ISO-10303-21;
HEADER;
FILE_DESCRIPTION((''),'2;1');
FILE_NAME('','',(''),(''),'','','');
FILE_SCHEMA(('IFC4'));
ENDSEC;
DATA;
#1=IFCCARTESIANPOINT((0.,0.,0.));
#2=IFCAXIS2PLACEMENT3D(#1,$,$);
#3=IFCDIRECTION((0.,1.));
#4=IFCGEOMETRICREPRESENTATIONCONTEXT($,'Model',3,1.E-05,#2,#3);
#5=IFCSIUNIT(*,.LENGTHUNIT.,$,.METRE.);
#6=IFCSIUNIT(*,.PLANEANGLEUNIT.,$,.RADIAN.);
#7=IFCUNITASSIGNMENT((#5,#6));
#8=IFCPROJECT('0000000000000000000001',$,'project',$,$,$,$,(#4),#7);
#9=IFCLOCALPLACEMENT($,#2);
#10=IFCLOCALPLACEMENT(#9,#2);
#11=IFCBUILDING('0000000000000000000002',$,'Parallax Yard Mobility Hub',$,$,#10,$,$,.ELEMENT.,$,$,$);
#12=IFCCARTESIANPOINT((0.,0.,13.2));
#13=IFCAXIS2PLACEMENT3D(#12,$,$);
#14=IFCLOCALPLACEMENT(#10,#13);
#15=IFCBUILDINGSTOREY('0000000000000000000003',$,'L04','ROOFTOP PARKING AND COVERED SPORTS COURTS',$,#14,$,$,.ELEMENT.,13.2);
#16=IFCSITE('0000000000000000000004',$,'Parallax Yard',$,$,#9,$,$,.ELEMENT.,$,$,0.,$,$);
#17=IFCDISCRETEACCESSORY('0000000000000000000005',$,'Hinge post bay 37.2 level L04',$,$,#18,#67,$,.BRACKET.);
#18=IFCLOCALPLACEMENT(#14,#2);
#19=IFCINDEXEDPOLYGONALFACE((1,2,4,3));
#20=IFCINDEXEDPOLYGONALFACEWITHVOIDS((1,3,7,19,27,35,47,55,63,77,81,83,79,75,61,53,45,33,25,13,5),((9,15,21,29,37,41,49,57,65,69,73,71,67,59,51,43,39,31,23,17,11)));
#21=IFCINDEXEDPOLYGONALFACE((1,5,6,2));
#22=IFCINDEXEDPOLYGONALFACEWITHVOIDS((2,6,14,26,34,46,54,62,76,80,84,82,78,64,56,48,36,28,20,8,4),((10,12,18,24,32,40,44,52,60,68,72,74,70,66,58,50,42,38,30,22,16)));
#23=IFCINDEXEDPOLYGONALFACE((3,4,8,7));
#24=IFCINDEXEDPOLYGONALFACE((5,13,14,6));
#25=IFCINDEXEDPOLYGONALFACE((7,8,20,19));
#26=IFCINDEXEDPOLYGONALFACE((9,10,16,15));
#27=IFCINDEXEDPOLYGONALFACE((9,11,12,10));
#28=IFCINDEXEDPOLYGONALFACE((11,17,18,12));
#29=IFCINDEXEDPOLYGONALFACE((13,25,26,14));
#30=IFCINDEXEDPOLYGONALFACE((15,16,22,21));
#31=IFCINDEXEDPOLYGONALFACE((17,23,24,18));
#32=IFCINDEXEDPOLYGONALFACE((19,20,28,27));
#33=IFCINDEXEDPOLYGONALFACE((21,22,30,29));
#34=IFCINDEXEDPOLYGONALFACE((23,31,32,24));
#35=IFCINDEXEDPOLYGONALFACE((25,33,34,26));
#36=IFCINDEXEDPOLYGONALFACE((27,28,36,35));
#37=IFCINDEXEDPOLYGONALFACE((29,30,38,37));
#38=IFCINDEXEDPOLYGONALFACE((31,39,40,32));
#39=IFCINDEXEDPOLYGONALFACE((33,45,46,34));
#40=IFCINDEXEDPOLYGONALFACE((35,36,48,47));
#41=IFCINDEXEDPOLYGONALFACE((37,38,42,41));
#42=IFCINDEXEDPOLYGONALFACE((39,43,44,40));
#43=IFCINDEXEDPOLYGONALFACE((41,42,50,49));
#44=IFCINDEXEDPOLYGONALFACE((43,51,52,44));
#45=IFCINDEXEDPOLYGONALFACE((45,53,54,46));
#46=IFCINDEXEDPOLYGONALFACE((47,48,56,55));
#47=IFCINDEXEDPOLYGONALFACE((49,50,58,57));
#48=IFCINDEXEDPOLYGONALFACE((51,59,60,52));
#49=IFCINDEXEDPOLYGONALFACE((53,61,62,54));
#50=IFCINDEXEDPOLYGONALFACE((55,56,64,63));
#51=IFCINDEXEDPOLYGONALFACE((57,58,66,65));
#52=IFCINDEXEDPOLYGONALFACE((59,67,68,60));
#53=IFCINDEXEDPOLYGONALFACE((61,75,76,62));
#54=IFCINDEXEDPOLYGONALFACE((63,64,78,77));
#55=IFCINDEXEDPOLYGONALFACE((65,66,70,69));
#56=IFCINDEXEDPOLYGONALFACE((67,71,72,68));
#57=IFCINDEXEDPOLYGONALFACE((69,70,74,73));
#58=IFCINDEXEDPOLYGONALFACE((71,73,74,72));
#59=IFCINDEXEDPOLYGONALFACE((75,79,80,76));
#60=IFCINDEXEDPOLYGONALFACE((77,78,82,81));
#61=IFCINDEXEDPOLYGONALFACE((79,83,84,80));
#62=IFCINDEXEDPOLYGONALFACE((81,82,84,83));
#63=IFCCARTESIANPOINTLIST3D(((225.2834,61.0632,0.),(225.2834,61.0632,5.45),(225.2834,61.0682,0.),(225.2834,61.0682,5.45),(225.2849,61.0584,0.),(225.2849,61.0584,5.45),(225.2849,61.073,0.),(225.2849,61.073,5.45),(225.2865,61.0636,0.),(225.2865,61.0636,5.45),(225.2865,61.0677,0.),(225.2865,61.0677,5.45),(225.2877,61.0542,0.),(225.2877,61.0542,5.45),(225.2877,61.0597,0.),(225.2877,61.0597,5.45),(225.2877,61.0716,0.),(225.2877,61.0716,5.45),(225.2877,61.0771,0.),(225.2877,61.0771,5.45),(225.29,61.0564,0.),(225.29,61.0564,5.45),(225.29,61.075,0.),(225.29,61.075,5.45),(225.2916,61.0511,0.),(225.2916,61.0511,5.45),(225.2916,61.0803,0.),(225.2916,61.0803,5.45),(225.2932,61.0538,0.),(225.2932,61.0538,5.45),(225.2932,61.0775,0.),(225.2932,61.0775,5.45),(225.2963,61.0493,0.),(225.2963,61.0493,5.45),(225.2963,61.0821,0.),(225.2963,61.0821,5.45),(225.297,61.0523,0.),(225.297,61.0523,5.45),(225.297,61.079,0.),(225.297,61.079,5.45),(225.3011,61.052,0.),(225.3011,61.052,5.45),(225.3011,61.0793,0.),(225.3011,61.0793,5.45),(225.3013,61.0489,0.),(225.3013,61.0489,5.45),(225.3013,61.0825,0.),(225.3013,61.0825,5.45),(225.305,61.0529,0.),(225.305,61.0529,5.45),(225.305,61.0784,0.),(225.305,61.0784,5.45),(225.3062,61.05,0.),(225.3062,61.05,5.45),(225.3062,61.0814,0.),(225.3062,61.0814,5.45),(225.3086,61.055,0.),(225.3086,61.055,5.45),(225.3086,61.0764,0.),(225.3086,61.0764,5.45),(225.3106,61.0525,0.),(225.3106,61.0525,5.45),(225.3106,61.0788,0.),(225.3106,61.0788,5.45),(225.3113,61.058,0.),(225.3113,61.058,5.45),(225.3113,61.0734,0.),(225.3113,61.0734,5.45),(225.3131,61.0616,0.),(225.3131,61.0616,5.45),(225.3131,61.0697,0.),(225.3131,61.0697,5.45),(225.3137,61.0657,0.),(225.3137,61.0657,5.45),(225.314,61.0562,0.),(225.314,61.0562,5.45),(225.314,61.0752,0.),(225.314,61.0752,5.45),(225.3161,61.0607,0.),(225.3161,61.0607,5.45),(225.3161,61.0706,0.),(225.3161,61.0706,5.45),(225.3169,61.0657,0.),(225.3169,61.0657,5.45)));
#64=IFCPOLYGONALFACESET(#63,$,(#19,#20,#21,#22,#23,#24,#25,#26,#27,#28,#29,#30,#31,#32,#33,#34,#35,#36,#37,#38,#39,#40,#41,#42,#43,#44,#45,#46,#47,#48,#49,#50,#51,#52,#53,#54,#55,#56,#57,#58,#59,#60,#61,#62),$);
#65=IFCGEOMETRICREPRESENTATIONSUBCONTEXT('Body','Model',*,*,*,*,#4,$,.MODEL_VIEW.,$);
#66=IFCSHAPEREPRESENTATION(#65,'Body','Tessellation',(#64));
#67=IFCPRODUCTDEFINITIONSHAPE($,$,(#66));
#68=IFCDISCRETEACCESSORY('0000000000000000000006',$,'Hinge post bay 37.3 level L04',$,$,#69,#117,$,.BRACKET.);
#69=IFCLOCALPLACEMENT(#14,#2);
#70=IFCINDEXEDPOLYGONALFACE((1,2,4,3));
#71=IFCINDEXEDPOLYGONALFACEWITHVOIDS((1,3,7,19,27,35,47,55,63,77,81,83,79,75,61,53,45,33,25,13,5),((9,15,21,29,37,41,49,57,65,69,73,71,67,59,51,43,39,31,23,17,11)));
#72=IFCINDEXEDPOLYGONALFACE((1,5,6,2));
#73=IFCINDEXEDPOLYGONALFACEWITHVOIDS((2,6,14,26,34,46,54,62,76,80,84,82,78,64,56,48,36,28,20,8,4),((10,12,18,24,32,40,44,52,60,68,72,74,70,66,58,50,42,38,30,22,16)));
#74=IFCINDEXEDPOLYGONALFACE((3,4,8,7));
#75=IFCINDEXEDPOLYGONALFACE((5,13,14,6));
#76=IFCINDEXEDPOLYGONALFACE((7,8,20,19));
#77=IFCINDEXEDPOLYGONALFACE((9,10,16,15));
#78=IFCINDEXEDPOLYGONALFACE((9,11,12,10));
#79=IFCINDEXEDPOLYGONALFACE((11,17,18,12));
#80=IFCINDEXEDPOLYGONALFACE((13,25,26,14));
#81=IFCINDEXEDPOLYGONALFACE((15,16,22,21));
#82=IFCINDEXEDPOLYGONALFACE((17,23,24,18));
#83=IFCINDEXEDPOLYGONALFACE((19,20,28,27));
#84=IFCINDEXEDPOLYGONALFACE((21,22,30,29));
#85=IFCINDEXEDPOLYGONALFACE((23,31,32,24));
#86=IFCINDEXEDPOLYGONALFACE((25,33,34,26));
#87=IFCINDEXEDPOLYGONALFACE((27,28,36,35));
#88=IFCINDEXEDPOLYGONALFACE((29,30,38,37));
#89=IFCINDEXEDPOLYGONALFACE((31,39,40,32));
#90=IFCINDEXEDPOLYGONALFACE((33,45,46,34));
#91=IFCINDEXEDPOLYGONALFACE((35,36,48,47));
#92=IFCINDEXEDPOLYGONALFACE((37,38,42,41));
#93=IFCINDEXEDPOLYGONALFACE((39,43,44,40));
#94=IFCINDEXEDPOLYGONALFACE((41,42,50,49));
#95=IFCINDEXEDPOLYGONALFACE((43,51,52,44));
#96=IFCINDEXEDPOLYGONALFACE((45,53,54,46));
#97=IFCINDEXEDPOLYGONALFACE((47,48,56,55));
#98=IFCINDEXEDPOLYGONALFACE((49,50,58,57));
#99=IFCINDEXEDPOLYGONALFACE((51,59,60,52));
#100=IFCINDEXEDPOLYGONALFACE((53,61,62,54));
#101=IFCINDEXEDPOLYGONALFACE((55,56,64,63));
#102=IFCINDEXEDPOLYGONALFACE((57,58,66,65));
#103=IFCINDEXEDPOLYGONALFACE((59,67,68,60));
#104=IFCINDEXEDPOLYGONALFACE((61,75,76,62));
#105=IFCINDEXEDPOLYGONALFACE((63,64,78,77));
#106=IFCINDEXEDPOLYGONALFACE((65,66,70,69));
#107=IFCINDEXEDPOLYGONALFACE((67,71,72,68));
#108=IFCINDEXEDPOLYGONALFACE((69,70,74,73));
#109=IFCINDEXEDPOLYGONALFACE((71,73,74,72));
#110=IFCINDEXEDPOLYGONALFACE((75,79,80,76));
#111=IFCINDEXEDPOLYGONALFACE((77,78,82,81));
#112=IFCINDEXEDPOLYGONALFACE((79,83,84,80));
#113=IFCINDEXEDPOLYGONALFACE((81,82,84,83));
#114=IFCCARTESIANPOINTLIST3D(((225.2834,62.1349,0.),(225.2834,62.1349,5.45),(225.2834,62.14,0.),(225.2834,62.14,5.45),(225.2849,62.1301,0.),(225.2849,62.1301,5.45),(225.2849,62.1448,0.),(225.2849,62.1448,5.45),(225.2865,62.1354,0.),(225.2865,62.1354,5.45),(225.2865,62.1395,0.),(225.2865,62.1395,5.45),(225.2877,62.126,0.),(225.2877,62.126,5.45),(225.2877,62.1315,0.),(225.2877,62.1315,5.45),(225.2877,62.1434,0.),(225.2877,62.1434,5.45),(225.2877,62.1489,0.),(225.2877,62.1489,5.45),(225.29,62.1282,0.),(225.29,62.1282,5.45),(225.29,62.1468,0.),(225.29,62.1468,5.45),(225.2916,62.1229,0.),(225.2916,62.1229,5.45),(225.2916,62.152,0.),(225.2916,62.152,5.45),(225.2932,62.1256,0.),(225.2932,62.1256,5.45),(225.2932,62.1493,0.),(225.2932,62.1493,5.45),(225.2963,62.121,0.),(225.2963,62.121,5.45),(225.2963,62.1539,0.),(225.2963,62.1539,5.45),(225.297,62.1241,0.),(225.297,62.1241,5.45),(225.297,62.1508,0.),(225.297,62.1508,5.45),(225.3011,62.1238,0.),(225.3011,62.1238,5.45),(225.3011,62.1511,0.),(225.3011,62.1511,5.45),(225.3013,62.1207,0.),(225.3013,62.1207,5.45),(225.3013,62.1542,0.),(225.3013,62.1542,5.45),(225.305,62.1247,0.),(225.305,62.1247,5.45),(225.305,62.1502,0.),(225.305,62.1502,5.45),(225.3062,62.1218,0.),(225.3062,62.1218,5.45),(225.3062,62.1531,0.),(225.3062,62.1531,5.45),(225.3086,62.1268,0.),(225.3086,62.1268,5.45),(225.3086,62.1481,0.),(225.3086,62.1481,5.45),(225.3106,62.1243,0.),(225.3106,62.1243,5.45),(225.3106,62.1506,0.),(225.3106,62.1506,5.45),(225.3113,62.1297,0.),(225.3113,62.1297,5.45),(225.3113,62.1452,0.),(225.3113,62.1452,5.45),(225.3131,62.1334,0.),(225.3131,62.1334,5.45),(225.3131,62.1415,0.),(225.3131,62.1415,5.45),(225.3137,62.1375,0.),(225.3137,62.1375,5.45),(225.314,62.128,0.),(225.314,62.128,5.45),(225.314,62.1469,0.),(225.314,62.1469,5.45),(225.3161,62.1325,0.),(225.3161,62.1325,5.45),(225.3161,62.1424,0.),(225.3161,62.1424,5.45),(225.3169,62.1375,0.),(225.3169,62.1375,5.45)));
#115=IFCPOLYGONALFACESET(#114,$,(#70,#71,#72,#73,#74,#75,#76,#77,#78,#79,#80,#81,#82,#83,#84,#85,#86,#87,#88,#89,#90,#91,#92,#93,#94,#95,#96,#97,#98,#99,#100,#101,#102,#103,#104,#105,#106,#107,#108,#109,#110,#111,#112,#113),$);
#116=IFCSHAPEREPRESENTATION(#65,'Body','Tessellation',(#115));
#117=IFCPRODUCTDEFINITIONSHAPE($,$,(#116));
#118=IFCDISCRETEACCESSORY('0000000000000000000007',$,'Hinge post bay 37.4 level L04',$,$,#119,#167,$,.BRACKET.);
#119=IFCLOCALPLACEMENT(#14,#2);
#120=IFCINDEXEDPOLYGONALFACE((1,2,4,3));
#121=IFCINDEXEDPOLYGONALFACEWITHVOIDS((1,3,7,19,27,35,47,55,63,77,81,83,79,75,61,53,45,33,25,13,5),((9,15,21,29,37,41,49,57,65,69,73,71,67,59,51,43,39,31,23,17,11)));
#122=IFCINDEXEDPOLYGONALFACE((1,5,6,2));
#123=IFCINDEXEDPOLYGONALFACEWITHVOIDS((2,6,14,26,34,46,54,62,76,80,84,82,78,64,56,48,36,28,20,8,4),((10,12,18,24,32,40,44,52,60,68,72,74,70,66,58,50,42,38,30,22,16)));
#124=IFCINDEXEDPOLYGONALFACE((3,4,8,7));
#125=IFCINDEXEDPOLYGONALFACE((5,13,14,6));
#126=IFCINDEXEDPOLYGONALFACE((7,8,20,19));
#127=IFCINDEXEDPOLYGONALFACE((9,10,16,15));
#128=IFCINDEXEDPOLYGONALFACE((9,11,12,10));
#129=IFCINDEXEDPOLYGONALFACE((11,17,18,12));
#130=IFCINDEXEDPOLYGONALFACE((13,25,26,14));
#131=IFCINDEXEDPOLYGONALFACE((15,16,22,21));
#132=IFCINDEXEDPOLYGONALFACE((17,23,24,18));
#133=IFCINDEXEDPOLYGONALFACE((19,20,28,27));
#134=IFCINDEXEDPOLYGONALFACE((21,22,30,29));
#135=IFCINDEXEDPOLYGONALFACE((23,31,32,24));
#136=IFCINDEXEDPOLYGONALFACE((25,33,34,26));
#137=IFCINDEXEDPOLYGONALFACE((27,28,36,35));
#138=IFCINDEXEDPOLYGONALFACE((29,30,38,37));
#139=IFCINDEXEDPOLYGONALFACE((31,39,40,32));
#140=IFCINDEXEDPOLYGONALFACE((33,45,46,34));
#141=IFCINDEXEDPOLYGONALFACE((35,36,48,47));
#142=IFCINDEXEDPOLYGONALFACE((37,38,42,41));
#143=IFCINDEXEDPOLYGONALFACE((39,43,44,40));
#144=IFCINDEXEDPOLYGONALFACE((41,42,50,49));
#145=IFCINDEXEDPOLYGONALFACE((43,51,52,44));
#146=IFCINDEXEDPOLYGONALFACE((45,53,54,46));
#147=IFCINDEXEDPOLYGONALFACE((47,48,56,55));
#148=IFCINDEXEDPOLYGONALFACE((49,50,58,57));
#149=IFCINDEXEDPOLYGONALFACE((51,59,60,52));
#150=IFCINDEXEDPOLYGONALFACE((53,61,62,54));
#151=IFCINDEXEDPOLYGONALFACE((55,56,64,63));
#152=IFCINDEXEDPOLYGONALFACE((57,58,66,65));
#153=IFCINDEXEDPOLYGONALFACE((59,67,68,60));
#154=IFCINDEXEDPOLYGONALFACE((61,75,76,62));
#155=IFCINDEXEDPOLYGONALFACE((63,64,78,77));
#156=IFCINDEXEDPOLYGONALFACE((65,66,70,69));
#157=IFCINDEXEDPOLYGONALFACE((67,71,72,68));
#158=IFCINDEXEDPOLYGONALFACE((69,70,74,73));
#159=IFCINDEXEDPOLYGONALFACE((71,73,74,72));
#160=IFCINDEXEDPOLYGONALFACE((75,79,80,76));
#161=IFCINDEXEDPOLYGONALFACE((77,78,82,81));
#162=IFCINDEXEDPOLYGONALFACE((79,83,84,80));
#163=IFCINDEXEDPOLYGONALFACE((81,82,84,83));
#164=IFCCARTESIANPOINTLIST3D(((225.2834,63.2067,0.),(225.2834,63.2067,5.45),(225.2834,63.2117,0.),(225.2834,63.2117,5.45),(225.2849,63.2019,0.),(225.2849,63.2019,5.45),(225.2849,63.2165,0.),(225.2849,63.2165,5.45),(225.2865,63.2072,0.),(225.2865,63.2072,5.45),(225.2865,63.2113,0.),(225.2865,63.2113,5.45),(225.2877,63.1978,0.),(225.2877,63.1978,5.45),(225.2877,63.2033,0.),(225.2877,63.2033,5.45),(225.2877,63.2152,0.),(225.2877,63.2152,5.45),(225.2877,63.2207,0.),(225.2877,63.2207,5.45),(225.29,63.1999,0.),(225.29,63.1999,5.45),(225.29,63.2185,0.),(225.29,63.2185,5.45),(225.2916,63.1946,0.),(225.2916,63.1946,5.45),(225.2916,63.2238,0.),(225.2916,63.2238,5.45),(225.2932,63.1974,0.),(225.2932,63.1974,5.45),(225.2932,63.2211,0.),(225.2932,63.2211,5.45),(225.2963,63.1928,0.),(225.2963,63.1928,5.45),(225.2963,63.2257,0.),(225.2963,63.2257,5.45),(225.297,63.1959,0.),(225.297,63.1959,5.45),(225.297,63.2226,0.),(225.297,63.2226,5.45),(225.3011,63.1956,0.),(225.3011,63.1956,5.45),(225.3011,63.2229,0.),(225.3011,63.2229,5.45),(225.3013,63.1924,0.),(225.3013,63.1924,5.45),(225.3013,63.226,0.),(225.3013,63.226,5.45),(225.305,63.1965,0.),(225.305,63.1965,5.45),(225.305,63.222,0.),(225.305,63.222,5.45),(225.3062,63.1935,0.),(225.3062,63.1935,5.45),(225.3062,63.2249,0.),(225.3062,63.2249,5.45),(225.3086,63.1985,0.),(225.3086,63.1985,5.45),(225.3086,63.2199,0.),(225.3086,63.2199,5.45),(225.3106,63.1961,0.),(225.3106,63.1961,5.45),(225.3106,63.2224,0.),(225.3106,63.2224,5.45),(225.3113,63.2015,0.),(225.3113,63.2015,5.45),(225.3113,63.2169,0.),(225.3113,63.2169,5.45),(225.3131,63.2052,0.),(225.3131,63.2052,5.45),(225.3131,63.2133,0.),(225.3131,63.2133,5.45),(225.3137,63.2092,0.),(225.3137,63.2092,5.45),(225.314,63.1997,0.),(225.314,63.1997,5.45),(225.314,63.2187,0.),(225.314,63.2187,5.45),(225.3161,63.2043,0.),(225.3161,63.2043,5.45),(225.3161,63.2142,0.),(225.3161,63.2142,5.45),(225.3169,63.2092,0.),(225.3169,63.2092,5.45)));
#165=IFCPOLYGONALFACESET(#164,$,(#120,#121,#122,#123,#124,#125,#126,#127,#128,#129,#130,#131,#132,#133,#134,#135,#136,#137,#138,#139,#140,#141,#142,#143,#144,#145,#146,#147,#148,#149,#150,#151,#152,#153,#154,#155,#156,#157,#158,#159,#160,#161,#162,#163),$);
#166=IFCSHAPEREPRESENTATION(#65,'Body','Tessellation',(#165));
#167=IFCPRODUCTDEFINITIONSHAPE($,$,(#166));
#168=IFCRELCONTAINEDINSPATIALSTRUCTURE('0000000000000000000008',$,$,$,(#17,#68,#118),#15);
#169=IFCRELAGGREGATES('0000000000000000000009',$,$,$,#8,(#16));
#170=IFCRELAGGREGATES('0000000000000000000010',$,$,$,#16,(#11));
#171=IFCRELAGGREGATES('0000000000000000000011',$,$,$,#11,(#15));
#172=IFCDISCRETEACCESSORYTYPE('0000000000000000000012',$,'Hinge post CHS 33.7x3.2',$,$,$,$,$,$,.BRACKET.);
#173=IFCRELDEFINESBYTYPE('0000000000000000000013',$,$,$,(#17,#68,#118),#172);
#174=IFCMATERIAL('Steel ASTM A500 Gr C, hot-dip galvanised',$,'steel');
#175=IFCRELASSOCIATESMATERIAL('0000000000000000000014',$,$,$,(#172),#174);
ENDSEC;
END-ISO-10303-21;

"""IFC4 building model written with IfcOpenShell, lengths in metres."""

from ifc_helpers import new_model, si_unit, direction, frame, origin, origin_2d, place, context, subcontext, project, spatial, hollow_circle, extrude, material, material_profile, profile_set, type_object, element, save


model = new_model("IFC4")

# Units and contexts
model_context = context("Model", 3, precision=1e-05, world=origin(), true_north=direction((0.0, 1.0)))
body_context = subcontext(model_context, "Body", "Model", "MODEL_VIEW")
ifc_project = project(units=[si_unit("LENGTHUNIT", "METRE"), si_unit("PLANEANGLEUNIT", "RADIAN")], contexts=[model_context])

# Site, building, storey
site_placement = place(None, origin())
site = spatial("IfcSite", under=ifc_project, at=site_placement, Name="Parallax Yard", CompositionType="ELEMENT", RefElevation=0.0)
building_placement = place(site_placement, origin())
building = spatial("IfcBuilding", under=site, at=building_placement, Name="Parallax Yard Mobility Hub", CompositionType="ELEMENT")
storey_placement = place(building_placement, frame((0.0, 0.0, 13.2)))
storey = spatial("IfcBuildingStorey", under=building, at=storey_placement, Name="L04", Description="ROOFTOP PARKING AND COVERED SPORTS COURTS", CompositionType="ELEMENT", Elevation=13.2)

# Discrete accessories
ifc_material_1 = material(Name="Steel ASTM A500 Gr C, hot-dip galvanised", Category="steel")
ifc_material_profile = material_profile(ifc_material_1, hollow_circle(Radius=0.0168, WallThickness=0.0032, at=origin_2d()), Name="CHS 33.7x3.2")
ifc_profile_set = profile_set([ifc_material_profile], Name="Steel ASTM A500 Gr C, hot-dip galvanised")
discrete_accessory_type_1 = type_object("IfcDiscreteAccessoryType", Name="Hinge post CHS 33.7x3.2", PredefinedType="BRACKET", material=ifc_profile_set)
for number, where, z_axis, x_axis, name in (
    (1, (225.3, 61.0657, 0.0), (0.0, 0.0, 1.0), (1.0, 0.0, 0.0), "Hinge post bay 37.2 level L04"),
    (2, (225.3, 62.1375, 0.0), (0.0, 0.0, 1.0), (1.0, 0.0, 0.0), "Hinge post bay 37.3 level L04"),
    (3, (225.3, 63.2092, 0.0), (0.0, 0.0, 1.0), (1.0, 0.0, 0.0), "Hinge post bay 37.4 level L04"),
):
    element("IfcDiscreteAccessory", number, at=place(storey_placement, frame(where, z_axis=z_axis, x_axis=x_axis)), inside=storey, type_object=discrete_accessory_type_1, Name=name, PredefinedType="BRACKET", context=body_context, shape_type="SweptSolid", body=[
        extrude(hollow_circle(Radius=0.0168, WallThickness=0.0032, at=origin_2d()), origin(), (0.0, 0.0, 1.0), 5.45),
    ])

save(model, "model.ifc")
